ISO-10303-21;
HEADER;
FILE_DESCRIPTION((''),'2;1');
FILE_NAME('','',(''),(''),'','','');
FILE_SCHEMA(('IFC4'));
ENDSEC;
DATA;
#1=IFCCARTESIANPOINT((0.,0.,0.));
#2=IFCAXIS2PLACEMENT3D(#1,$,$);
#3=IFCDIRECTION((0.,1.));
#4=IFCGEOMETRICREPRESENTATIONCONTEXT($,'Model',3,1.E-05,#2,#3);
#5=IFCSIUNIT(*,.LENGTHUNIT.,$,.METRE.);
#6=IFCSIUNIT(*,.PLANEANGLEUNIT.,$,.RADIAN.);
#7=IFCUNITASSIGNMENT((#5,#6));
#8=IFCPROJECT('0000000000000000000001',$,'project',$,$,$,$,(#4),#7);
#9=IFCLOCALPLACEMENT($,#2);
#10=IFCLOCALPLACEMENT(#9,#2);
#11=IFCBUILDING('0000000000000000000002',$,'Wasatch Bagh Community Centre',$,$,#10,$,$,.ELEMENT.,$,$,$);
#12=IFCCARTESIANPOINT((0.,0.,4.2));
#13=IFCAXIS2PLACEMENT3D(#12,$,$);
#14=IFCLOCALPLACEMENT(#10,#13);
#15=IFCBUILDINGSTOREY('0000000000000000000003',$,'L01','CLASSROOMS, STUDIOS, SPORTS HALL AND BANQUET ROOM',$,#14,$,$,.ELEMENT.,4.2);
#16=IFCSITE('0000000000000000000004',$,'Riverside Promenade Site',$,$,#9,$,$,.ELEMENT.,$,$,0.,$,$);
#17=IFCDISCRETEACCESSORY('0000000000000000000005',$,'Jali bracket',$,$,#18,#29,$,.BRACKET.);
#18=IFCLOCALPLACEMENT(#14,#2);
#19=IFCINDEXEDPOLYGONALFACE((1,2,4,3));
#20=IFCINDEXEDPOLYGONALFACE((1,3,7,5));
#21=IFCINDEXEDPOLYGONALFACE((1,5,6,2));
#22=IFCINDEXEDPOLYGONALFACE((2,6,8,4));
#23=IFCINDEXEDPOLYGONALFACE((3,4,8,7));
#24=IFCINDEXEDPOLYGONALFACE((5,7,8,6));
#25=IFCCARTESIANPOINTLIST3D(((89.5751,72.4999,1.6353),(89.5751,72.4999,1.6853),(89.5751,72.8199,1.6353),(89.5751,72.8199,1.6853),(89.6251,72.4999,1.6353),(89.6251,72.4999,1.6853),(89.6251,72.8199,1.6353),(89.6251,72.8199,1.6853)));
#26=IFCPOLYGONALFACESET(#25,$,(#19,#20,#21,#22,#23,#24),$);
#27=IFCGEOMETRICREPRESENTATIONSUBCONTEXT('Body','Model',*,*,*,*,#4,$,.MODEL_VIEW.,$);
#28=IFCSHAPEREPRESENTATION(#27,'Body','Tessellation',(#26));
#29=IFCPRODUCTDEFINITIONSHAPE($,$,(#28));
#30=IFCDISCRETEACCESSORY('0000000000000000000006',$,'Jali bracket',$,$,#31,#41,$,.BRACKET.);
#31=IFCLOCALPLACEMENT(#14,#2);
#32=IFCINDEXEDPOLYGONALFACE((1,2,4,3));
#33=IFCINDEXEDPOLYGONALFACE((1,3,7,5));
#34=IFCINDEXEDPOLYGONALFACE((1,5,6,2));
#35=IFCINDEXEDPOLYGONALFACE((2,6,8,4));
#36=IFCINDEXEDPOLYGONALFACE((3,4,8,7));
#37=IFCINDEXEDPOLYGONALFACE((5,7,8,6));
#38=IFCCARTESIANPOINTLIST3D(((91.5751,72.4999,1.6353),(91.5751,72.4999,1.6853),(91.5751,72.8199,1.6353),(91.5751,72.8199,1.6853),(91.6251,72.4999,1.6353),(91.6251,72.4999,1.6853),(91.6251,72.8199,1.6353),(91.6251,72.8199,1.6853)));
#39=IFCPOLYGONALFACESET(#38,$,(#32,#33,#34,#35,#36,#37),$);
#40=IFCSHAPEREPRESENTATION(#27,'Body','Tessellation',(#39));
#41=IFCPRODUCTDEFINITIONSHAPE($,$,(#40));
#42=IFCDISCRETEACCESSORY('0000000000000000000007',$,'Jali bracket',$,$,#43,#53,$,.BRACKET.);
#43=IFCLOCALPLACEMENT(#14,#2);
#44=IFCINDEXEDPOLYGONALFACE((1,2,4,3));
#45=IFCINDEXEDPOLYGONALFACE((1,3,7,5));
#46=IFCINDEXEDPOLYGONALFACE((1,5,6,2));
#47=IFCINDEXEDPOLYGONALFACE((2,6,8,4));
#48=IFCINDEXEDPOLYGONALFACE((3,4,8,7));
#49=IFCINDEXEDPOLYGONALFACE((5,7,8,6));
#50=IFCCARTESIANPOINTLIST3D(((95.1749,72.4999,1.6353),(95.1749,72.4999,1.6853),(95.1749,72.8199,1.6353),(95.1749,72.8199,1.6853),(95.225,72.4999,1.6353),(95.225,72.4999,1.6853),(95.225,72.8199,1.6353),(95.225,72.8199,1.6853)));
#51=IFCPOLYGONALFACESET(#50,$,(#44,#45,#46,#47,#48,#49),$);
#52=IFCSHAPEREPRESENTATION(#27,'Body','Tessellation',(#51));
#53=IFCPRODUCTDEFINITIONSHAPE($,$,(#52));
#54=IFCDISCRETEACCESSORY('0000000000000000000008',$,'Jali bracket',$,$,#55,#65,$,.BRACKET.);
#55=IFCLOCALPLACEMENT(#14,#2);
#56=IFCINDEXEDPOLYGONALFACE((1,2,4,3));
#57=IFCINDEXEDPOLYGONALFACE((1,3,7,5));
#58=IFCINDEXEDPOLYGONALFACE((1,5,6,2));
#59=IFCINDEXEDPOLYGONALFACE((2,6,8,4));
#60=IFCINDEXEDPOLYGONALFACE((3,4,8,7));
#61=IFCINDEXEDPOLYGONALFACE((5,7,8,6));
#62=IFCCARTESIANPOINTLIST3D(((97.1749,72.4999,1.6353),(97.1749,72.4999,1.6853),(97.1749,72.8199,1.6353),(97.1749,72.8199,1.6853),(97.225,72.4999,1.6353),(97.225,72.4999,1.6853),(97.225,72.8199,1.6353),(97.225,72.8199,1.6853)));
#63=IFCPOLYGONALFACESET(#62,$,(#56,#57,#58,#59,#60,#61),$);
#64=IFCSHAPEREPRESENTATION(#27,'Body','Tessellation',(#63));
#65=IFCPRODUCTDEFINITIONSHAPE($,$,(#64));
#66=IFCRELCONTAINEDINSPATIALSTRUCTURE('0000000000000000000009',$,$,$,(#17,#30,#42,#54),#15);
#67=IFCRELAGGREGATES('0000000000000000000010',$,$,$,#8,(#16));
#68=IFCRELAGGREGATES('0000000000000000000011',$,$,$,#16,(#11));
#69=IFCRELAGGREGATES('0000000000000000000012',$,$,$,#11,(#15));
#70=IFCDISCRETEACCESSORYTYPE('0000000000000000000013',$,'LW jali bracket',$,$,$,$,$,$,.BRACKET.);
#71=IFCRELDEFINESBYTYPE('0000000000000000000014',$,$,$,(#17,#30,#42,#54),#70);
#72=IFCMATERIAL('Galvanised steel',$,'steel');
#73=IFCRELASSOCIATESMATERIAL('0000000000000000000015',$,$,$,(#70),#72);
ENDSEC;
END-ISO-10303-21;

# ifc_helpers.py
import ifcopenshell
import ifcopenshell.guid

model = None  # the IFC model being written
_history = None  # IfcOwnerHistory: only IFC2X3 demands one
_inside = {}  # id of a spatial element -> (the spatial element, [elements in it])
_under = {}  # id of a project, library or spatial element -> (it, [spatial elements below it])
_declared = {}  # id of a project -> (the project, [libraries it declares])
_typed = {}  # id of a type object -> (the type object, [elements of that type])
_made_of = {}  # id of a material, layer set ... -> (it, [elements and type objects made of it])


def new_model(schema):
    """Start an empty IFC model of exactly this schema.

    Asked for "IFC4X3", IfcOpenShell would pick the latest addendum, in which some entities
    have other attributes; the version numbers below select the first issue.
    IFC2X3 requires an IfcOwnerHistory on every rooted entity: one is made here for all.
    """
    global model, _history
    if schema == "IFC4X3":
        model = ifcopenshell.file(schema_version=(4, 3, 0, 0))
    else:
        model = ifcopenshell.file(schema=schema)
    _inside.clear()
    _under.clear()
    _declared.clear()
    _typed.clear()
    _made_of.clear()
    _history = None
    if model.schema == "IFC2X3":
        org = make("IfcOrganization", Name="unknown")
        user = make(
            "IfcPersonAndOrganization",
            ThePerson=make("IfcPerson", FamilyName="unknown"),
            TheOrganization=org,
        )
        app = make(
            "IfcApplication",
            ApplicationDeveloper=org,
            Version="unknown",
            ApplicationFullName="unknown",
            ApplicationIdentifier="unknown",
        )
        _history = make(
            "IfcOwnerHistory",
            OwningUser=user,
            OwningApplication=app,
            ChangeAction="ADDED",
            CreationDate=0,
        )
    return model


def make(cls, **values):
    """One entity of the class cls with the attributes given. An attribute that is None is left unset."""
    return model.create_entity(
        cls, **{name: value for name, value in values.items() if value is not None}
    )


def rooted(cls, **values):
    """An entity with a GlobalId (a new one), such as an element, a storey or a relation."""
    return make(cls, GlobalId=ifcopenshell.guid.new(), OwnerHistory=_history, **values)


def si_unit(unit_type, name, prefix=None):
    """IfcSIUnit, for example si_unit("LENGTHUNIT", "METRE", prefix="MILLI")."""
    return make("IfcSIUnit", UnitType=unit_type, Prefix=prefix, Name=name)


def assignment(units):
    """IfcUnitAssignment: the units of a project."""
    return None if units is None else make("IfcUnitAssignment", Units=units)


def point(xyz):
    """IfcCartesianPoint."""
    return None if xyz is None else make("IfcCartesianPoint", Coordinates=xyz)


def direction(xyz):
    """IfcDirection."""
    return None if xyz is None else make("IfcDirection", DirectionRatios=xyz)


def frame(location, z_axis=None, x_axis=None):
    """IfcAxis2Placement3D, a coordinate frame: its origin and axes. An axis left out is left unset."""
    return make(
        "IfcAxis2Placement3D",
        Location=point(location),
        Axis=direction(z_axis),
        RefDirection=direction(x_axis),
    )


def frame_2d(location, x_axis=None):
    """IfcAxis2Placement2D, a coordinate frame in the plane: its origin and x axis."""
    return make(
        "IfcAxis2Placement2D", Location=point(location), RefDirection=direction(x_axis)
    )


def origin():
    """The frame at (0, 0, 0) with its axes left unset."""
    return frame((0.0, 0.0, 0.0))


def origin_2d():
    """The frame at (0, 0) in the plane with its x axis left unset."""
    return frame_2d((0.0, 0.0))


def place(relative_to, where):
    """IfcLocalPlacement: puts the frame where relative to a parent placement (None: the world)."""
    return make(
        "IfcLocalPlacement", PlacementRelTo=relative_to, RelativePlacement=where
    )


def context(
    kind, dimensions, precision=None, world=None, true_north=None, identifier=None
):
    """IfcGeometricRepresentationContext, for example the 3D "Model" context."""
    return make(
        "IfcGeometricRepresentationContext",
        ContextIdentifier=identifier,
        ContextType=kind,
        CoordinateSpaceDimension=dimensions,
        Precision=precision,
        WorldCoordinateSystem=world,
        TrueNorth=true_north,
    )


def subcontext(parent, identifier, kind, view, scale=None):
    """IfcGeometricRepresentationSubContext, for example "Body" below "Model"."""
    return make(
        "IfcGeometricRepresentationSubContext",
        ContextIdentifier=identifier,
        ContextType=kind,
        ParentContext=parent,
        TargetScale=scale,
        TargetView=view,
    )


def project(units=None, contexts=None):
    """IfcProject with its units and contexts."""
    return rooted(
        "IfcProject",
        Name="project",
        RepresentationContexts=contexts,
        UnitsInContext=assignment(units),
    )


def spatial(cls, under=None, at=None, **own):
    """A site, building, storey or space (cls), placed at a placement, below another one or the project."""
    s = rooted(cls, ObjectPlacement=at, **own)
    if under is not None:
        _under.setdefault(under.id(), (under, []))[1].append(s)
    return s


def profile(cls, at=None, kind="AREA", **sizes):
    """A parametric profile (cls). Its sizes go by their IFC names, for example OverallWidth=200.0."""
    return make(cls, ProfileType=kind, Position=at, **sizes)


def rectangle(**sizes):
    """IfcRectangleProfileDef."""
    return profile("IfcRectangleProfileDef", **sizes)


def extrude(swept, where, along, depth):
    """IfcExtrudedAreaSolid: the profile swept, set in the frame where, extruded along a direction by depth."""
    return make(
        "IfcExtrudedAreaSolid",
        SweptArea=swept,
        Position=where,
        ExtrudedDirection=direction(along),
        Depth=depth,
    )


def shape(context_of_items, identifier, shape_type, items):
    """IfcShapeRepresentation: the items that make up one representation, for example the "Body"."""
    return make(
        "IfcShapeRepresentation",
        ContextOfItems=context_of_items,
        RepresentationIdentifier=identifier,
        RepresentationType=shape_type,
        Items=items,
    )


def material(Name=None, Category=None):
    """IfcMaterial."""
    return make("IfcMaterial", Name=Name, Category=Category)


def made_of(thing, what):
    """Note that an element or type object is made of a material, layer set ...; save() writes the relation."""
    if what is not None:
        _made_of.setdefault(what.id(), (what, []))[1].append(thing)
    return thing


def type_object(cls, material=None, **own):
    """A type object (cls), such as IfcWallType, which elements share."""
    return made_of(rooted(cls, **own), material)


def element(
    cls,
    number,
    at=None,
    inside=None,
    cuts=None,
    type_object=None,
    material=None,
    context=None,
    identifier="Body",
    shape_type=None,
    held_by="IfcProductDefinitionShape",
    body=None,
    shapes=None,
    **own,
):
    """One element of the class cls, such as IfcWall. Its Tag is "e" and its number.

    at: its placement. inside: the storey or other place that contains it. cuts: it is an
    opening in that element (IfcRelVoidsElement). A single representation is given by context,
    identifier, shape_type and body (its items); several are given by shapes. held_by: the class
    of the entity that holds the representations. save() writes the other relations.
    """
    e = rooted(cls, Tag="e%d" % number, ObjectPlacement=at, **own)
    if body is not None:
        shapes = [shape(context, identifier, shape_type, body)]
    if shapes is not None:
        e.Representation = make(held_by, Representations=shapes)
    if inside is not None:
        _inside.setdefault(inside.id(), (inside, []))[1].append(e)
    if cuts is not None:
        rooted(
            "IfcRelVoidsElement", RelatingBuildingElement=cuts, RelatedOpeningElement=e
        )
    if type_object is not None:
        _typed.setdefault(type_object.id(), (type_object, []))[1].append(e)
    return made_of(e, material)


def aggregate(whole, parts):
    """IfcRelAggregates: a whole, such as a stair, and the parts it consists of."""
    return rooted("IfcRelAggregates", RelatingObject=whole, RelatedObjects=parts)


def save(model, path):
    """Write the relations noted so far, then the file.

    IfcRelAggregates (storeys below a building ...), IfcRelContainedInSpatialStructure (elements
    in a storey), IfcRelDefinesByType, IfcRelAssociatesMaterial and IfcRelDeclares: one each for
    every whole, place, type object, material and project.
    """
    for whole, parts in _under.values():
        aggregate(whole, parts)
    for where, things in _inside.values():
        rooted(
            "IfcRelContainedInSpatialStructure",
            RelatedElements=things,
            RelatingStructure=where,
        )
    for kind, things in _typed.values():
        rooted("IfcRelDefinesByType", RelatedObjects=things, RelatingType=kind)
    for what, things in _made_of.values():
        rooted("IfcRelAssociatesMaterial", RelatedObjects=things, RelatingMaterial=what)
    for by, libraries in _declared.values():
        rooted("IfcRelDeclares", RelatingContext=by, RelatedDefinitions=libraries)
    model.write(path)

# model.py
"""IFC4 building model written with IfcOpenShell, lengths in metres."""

from ifc_helpers import new_model, si_unit, direction, frame, origin, origin_2d, place, context, subcontext, project, spatial, rectangle, extrude, material, type_object, element, save


model = new_model("IFC4")

# Units and contexts
model_context = context("Model", 3, precision=1e-05, world=origin(), true_north=direction((0.0, 1.0)))
body_context = subcontext(model_context, "Body", "Model", "MODEL_VIEW")
ifc_project = project(units=[si_unit("LENGTHUNIT", "METRE"), si_unit("PLANEANGLEUNIT", "RADIAN")], contexts=[model_context])

# Site, building, storey
site_placement = place(None, origin())
site = spatial("IfcSite", under=ifc_project, at=site_placement, Name="Riverside Promenade Site", CompositionType="ELEMENT", RefElevation=0.0)
building_placement = place(site_placement, origin())
building = spatial("IfcBuilding", under=site, at=building_placement, Name="Wasatch Bagh Community Centre", CompositionType="ELEMENT")
storey_placement = place(building_placement, frame((0.0, 0.0, 4.2)))
storey = spatial("IfcBuildingStorey", under=building, at=storey_placement, Name="L01", Description="CLASSROOMS, STUDIOS, SPORTS HALL AND BANQUET ROOM", CompositionType="ELEMENT", Elevation=4.2)

# Discrete accessories
ifc_material_1 = material(Name="Galvanised steel", Category="steel")
discrete_accessory_type = type_object("IfcDiscreteAccessoryType", Name="LW jali bracket", PredefinedType="BRACKET", material=ifc_material_1)
for number, where, z_axis, x_axis, name in (
    (1, (89.6001, 72.6599, 1.6353), (0.0, 0.0, 1.0), (1.0, 0.0, 0.0), "Jali bracket"),
    (2, (91.6001, 72.6599, 1.6353), (0.0, 0.0, 1.0), (1.0, 0.0, 0.0), "Jali bracket"),
    (3, (95.2, 72.6599, 1.6353), (0.0, 0.0, 1.0), (1.0, 0.0, 0.0), "Jali bracket"),
    (4, (97.2, 72.6599, 1.6353), (0.0, 0.0, 1.0), (1.0, 0.0, 0.0), "Jali bracket"),
):
    element("IfcDiscreteAccessory", number, at=place(storey_placement, frame(where, z_axis=z_axis, x_axis=x_axis)), inside=storey, type_object=discrete_accessory_type, Name=name, PredefinedType="BRACKET", context=body_context, shape_type="SweptSolid", body=[
        extrude(rectangle(XDim=0.05, YDim=0.3201, at=origin_2d()), origin(), (0.0, 0.0, 1.0), 0.05),
    ])

save(model, "model.ifc")
